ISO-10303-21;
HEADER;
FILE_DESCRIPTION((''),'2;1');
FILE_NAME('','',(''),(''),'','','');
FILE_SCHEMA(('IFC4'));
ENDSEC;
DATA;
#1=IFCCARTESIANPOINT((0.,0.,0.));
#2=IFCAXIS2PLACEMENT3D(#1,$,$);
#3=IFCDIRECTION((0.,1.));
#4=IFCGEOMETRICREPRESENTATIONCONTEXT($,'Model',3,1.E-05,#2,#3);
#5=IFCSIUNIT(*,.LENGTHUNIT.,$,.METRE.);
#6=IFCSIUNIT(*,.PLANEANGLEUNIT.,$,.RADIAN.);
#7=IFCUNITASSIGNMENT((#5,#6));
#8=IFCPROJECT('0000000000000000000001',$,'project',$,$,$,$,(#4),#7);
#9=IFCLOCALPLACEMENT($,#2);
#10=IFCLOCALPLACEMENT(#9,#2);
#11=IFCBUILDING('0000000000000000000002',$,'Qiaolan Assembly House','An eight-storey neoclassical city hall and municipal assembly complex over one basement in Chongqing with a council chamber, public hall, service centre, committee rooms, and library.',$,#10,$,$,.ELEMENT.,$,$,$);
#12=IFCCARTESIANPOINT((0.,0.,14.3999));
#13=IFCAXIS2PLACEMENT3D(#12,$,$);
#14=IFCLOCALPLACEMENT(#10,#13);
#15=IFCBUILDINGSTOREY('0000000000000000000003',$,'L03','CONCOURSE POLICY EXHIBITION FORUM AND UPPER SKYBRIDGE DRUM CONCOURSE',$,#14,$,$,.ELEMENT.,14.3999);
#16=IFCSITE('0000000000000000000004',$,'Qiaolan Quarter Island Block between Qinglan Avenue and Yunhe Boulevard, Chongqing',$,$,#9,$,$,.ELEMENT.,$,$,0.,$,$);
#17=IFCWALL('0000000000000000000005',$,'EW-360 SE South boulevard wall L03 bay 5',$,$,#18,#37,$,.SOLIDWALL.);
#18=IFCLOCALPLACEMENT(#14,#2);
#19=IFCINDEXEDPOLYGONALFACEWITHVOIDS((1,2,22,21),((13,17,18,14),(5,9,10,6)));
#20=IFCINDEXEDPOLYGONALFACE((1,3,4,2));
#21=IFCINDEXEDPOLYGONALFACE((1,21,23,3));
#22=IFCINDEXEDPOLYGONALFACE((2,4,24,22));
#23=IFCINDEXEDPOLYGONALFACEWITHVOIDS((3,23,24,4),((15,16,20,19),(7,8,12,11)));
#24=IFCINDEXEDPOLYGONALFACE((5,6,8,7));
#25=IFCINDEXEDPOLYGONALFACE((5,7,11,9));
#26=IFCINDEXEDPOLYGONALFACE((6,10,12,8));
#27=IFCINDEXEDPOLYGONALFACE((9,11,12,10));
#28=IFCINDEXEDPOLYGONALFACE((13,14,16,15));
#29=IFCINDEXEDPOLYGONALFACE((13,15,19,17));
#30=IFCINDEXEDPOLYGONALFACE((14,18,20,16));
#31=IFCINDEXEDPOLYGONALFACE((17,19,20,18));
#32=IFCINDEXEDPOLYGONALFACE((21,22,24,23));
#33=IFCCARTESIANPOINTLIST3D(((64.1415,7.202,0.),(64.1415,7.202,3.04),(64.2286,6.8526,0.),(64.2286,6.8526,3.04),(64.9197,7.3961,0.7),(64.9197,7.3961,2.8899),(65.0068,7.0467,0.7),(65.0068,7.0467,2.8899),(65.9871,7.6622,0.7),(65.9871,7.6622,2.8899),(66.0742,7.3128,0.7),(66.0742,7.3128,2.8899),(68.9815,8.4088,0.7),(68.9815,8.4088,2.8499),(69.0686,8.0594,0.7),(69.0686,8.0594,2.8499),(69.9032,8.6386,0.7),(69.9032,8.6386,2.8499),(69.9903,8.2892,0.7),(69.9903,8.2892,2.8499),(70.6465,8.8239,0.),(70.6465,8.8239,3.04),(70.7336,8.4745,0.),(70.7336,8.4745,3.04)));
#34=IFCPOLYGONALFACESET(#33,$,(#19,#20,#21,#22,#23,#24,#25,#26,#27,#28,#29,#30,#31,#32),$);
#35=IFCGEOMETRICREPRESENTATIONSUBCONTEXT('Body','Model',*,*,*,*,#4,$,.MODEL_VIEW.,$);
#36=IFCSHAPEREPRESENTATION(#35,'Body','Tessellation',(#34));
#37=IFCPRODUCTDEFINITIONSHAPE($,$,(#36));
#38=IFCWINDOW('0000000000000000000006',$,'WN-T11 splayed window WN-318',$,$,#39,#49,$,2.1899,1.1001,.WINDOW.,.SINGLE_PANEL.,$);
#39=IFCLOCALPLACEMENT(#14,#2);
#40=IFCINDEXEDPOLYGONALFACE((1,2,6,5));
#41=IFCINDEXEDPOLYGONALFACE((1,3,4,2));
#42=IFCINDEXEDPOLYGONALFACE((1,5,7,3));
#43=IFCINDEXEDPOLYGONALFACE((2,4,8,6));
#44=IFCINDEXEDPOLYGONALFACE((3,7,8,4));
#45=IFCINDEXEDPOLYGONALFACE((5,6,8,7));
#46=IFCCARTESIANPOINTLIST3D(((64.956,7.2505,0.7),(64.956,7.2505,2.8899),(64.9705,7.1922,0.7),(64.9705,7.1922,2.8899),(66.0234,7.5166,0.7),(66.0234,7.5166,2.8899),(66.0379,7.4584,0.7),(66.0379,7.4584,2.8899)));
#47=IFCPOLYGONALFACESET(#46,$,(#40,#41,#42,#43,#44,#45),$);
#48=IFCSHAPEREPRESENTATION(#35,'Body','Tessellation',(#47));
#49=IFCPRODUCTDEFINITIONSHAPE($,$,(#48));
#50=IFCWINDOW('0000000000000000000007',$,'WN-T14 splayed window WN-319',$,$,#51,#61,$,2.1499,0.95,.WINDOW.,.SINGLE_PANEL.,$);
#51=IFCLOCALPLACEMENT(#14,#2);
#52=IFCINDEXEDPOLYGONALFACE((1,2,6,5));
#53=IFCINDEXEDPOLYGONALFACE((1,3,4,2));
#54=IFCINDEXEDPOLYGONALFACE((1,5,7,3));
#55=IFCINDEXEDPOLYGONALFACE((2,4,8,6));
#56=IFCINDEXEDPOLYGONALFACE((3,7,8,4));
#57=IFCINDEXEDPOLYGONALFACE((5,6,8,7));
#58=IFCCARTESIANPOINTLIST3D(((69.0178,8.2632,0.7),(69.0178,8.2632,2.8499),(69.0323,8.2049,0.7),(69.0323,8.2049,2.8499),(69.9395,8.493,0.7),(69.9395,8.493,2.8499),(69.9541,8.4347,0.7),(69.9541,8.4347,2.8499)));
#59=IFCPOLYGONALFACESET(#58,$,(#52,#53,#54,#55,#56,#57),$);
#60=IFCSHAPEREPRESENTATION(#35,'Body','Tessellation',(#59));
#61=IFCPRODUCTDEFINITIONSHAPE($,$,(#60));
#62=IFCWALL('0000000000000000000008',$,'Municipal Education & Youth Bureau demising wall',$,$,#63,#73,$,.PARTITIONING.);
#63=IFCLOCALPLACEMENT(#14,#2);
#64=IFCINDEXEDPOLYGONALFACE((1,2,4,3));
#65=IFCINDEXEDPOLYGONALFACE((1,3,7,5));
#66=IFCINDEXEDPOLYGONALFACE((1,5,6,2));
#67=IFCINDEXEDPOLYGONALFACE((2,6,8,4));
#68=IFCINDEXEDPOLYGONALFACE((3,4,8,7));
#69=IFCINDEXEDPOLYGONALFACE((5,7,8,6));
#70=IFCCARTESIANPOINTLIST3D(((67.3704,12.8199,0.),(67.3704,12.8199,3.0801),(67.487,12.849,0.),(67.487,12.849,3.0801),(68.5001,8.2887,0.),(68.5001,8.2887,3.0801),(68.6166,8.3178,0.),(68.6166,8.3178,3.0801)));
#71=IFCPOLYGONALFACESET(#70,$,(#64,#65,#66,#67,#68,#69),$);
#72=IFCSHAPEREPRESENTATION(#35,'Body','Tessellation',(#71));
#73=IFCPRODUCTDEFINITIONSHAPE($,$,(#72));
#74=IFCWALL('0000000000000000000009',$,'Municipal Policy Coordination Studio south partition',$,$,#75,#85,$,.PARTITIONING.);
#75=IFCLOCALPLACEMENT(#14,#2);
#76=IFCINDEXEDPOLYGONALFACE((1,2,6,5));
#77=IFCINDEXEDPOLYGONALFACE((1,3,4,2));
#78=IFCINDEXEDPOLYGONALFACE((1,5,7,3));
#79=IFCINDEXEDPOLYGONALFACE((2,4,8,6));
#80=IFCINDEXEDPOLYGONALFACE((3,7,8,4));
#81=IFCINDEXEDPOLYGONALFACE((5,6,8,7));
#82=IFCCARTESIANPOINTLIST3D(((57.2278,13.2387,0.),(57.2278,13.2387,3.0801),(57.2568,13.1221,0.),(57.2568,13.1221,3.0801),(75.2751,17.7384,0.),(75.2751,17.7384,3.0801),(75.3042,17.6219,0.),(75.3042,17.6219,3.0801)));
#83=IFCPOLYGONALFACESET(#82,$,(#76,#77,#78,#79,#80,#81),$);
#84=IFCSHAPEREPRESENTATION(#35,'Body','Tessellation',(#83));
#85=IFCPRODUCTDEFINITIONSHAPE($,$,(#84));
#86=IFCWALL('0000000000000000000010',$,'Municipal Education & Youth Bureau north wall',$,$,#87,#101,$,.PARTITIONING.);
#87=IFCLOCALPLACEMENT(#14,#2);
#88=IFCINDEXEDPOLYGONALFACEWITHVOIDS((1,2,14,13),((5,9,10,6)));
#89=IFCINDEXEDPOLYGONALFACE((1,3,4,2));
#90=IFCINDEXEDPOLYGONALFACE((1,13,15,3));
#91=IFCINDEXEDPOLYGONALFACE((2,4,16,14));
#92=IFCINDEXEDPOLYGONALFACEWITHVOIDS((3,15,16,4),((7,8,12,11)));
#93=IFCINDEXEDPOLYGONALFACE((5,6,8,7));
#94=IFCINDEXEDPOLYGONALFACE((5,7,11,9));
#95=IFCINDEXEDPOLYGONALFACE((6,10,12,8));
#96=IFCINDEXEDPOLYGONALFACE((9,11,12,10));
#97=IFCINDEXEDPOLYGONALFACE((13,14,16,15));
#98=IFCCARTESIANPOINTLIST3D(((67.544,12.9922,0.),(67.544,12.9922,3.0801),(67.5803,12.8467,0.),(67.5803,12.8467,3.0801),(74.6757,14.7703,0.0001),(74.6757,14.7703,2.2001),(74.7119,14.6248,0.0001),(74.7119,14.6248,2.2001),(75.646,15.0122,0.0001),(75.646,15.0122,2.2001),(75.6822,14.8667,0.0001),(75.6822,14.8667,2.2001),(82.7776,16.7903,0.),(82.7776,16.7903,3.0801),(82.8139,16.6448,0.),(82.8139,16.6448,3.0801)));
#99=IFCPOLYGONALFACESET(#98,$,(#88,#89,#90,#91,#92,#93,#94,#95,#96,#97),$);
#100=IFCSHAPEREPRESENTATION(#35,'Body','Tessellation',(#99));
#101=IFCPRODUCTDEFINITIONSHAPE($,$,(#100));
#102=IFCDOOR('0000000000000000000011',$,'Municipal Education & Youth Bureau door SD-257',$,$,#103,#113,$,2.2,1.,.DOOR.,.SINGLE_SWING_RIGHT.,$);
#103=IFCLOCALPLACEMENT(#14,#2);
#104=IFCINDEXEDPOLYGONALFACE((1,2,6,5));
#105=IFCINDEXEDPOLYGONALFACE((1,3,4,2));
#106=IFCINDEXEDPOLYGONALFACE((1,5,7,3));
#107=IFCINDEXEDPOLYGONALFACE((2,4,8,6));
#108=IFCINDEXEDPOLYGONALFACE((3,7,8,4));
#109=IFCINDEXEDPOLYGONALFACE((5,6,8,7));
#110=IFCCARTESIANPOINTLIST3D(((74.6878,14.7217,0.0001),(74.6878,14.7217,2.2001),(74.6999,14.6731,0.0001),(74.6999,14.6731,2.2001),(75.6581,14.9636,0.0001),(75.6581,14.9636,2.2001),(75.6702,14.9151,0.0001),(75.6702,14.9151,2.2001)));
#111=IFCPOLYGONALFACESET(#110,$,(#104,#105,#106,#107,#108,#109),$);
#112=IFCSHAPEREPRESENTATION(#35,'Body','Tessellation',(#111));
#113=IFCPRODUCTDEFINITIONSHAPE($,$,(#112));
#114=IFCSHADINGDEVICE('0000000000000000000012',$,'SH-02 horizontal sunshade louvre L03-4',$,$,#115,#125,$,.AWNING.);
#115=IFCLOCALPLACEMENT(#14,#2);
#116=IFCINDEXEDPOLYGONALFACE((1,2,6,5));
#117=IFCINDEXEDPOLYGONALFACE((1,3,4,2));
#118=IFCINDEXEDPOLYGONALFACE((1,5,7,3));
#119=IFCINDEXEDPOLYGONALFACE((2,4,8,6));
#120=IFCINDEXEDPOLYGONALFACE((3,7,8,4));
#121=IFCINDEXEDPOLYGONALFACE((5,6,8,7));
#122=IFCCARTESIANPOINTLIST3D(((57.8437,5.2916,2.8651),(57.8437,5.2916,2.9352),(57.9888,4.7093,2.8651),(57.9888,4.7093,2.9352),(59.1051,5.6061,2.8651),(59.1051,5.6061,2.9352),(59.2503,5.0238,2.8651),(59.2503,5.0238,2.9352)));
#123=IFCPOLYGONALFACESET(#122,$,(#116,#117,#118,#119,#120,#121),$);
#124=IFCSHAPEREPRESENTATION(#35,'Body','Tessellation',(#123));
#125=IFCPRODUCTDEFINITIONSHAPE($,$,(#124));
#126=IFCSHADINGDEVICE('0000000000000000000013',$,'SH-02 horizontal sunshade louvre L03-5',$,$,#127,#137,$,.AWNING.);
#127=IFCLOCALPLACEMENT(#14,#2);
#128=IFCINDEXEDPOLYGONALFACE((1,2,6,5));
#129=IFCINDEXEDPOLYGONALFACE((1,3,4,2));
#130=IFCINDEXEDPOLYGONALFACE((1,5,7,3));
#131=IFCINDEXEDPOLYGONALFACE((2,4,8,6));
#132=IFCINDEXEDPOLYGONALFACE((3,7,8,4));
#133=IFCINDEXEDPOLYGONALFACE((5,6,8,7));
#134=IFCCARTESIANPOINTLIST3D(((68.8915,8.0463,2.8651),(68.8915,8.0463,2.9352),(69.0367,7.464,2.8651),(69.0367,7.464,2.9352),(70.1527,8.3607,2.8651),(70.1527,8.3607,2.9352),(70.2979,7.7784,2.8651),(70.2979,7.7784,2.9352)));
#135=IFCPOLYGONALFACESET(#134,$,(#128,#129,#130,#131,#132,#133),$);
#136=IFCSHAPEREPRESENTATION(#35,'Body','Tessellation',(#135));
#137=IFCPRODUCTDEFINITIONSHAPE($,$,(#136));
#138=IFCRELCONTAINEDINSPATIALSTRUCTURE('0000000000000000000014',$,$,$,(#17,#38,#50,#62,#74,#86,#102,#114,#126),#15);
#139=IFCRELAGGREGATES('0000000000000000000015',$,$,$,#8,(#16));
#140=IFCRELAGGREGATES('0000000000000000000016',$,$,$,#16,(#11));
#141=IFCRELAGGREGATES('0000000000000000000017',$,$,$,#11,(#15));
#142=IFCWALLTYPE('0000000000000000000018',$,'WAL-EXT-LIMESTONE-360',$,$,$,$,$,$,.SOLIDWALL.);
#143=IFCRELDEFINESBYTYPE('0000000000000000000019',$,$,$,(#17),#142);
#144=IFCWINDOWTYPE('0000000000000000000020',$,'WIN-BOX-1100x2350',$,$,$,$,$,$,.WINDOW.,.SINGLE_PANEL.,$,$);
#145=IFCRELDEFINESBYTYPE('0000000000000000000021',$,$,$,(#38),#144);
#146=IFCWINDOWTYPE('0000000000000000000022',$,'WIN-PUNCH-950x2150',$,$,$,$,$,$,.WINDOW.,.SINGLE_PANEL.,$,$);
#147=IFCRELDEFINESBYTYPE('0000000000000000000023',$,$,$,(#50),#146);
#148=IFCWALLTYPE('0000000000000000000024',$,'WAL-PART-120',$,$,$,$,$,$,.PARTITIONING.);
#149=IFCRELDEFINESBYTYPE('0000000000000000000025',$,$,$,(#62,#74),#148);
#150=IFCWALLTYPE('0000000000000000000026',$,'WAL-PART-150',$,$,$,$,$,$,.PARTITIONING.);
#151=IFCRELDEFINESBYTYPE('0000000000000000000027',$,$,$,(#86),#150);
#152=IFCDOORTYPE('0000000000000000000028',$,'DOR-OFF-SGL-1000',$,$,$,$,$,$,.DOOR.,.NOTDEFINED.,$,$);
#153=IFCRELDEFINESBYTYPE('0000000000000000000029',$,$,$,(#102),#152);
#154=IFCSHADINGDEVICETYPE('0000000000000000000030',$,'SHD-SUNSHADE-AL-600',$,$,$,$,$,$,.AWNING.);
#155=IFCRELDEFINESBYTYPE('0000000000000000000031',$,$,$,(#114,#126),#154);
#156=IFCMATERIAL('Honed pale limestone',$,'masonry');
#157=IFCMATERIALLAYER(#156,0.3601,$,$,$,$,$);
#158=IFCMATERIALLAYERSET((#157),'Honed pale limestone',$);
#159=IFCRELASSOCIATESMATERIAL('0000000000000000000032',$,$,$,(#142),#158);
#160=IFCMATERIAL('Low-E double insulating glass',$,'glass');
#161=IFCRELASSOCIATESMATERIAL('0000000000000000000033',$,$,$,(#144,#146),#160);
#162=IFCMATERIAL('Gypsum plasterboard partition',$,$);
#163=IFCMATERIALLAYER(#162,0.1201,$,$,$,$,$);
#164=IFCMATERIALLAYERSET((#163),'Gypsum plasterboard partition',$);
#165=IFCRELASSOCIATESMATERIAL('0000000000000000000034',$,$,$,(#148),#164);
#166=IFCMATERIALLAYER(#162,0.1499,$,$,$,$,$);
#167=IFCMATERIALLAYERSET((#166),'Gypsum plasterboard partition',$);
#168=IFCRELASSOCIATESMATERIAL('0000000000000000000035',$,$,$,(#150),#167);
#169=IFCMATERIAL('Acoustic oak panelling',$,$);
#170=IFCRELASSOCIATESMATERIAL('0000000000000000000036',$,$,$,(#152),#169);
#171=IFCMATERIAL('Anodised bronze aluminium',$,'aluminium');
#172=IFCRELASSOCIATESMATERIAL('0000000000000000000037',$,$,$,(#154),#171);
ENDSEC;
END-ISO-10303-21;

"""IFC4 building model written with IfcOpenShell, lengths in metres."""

from ifc_helpers import new_model, si_unit, direction, frame, frame_2d, origin, origin_2d, place, context, subcontext, project, spatial, rectangle, extrude, material, layer, layer_set, material_profile, profile_set, type_object, element, fill, save


model = new_model("IFC4")

# Units and contexts
model_context = context("Model", 3, precision=1e-05, world=origin(), true_north=direction((0.0, 1.0)))
body_context = subcontext(model_context, "Body", "Model", "MODEL_VIEW")
ifc_project = project(units=[si_unit("LENGTHUNIT", "METRE"), si_unit("PLANEANGLEUNIT", "RADIAN")], contexts=[model_context])

# Site, building, storey
site_placement = place(None, origin())
site = spatial("IfcSite", under=ifc_project, at=site_placement, Name="Qiaolan Quarter Island Block between Qinglan Avenue and Yunhe Boulevard, Chongqing", CompositionType="ELEMENT", RefElevation=0.0)
building_placement = place(site_placement, origin())
building = spatial("IfcBuilding", under=site, at=building_placement, Name="Qiaolan Assembly House", Description="An eight-storey neoclassical city hall and municipal assembly complex over one basement in Chongqing with a council chamber, public hall, service centre, committee rooms, and library.", CompositionType="ELEMENT")
storey_placement = place(building_placement, frame((0.0, 0.0, 14.3999)))
storey = spatial("IfcBuildingStorey", under=building, at=storey_placement, Name="L03", Description="CONCOURSE POLICY EXHIBITION FORUM AND UPPER SKYBRIDGE DRUM CONCOURSE", CompositionType="ELEMENT", Elevation=14.3999)

# Shared definitions
ifc_material_1 = material(Name="Honed pale limestone", Category="masonry")

# Wall, openings, windows
ifc_layer_1 = layer(ifc_material_1, 0.3601)
ifc_layer_set_1 = layer_set([ifc_layer_1], Name="Honed pale limestone")
wall_type_1 = type_object("IfcWallType", Name="WAL-EXT-LIMESTONE-360", PredefinedType="SOLIDWALL", material=ifc_layer_set_1)
wall_1_placement = place(storey_placement, frame((64.1851, 7.0273, 0.0), z_axis=(0.0, 0.0, 1.0), x_axis=(0.970297, 0.241919, 0.0)))
wall_1 = element("IfcWall", 1, at=wall_1_placement, inside=storey, type_object=wall_type_1, Name="EW-360 SE South boulevard wall L03 bay 5", PredefinedType="SOLIDWALL", context=body_context, shape_type="SweptSolid", body=[
    extrude(rectangle(XDim=6.7041, YDim=0.3601, at=frame_2d((3.3521, 0.0))), origin(), (0.0, 0.0, 1.0), 3.04),
])
opening_1_placement = place(wall_1_placement, frame((0.802, 0.0, 0.7)))
opening_1 = element("IfcOpeningElement", 2, at=opening_1_placement, cuts=wall_1, PredefinedType="OPENING", context=body_context, shape_type="SweptSolid", body=[
    extrude(rectangle(XDim=1.1001, YDim=2.1899, at=frame_2d((0.55, 1.095))), frame((0.0, 0.1899, 0.0), z_axis=(0.0, -1.0, 0.0), x_axis=(1.0, 0.0, 0.0)), (0.0, 0.0, 1.0), 0.3801),
])
opening_2_placement = place(wall_1_placement, frame((4.988, 0.0, 0.7)))
opening_2 = element("IfcOpeningElement", 3, at=opening_2_placement, cuts=wall_1, PredefinedType="OPENING", context=body_context, shape_type="SweptSolid", body=[
    extrude(rectangle(XDim=0.95, YDim=2.1499, at=frame_2d((0.4751, 1.075))), frame((0.0, 0.1899, 0.0), z_axis=(0.0, -1.0, 0.0), x_axis=(1.0, 0.0, 0.0)), (0.0, 0.0, 1.0), 0.3801),
])
ifc_material_2 = material(Name="Low-E double insulating glass", Category="glass")
window_type_1 = type_object("IfcWindowType", Name="WIN-BOX-1100x2350", PartitioningType="SINGLE_PANEL", PredefinedType="WINDOW", material=ifc_material_2)
window_1_placement = place(opening_1_placement, origin())
window_1 = element("IfcWindow", 4, at=window_1_placement, inside=storey, type_object=window_type_1, Name="WN-T11 splayed window WN-318", OverallHeight=2.1899, OverallWidth=1.1001, PartitioningType="SINGLE_PANEL", PredefinedType="WINDOW", context=body_context, shape_type="SweptSolid", body=[
    extrude(rectangle(XDim=1.1001, YDim=2.1899, at=frame_2d((0.55, 1.095))), frame((0.0, 0.03, 0.0), z_axis=(0.0, -1.0, 0.0), x_axis=(1.0, 0.0, 0.0)), (0.0, 0.0, 1.0), 0.0601),
])
fill(opening_1, window_1)
window_type_2 = type_object("IfcWindowType", Name="WIN-PUNCH-950x2150", PartitioningType="SINGLE_PANEL", PredefinedType="WINDOW", material=ifc_material_2)
window_2_placement = place(opening_2_placement, origin())
window_2 = element("IfcWindow", 5, at=window_2_placement, inside=storey, type_object=window_type_2, Name="WN-T14 splayed window WN-319", OverallHeight=2.1499, OverallWidth=0.95, PartitioningType="SINGLE_PANEL", PredefinedType="WINDOW", context=body_context, shape_type="SweptSolid", body=[
    extrude(rectangle(XDim=0.95, YDim=2.1499, at=frame_2d((0.4751, 1.075))), frame((0.0, 0.03, 0.0), z_axis=(0.0, -1.0, 0.0), x_axis=(1.0, 0.0, 0.0)), (0.0, 0.0, 1.0), 0.0601),
])
fill(opening_2, window_2)

# Walls
ifc_material_3 = material(Name="Gypsum plasterboard partition")
ifc_layer_2 = layer(ifc_material_3, 0.1201)
ifc_layer_set_2 = layer_set([ifc_layer_2], Name="Gypsum plasterboard partition")
wall_type_2 = type_object("IfcWallType", Name="WAL-PART-120", PredefinedType="PARTITIONING", material=ifc_layer_set_2)
wall_2_placement = place(storey_placement, frame((68.5583, 8.3032, 0.0), z_axis=(0.0, 0.0, 1.0), x_axis=(-0.241896, 0.970302, 0.0)))
element("IfcWall", 6, at=wall_2_placement, inside=storey, type_object=wall_type_2, Name="Municipal Education & Youth Bureau demising wall", PredefinedType="PARTITIONING", context=body_context, shape_type="SweptSolid", body=[
    extrude(rectangle(XDim=4.6699, YDim=0.1201, at=frame_2d((2.335, 0.0))), origin(), (0.0, 0.0, 1.0), 3.0801),
])
wall_3_placement = place(storey_placement, frame((57.2424, 13.1804, 0.0), z_axis=(0.0, 0.0, 1.0), x_axis=(0.970295, 0.241924, 0.0)))
element("IfcWall", 7, at=wall_3_placement, inside=storey, type_object=wall_type_2, Name="Municipal Policy Coordination Studio south partition", PredefinedType="PARTITIONING", context=body_context, shape_type="SweptSolid", body=[
    extrude(rectangle(XDim=18.5999, YDim=0.1201, at=frame_2d((9.2998, 0.0))), origin(), (0.0, 0.0, 1.0), 3.0801),
])

# Wall, opening, door
ifc_layer_3 = layer(ifc_material_3, 0.1499)
ifc_layer_set_3 = layer_set([ifc_layer_3], Name="Gypsum plasterboard partition")
wall_type_3 = type_object("IfcWallType", Name="WAL-PART-150", PredefinedType="PARTITIONING", material=ifc_layer_set_3)
wall_4_placement = place(storey_placement, frame((67.562, 12.9194, 0.0), z_axis=(0.0, 0.0, 1.0), x_axis=(0.970297, 0.241917, 0.0)))
wall_4 = element("IfcWall", 8, at=wall_4_placement, inside=storey, type_object=wall_type_3, Name="Municipal Education & Youth Bureau north wall", PredefinedType="PARTITIONING", context=body_context, shape_type="SweptSolid", body=[
    extrude(rectangle(XDim=15.7, YDim=0.1499, at=frame_2d((7.8501, 0.0))), origin(), (0.0, 0.0, 1.0), 3.0801),
])
opening_3_placement = place(wall_4_placement, frame((7.3501, 0.0, 0.0)))
opening_3 = element("IfcOpeningElement", 9, at=opening_3_placement, cuts=wall_4, PredefinedType="OPENING", context=body_context, shape_type="SweptSolid", body=[
    extrude(rectangle(XDim=1.0, YDim=2.2, at=frame_2d((0.5, 1.1001))), frame((0.0, 0.085, 0.0), z_axis=(0.0, -1.0, 0.0), x_axis=(1.0, 0.0, 0.0)), (0.0, 0.0, 1.0), 0.1699),
])
ifc_material_4 = material(Name="Acoustic oak panelling")
door_type = type_object("IfcDoorType", Name="DOR-OFF-SGL-1000", OperationType="NOTDEFINED", PredefinedType="DOOR", material=ifc_material_4)
door_placement = place(opening_3_placement, origin())
door = element("IfcDoor", 10, at=door_placement, inside=storey, type_object=door_type, Name="Municipal Education & Youth Bureau door SD-257", OperationType="SINGLE_SWING_RIGHT", OverallHeight=2.2, OverallWidth=1.0, PredefinedType="DOOR", context=body_context, shape_type="SweptSolid", body=[
    extrude(rectangle(XDim=1.0, YDim=2.2, at=frame_2d((0.5, 1.1001))), frame((0.0, 0.0249, 0.0), z_axis=(0.0, -1.0, 0.0), x_axis=(1.0, 0.0, 0.0)), (0.0, 0.0, 1.0), 0.05),
])
fill(opening_3, door)

# Shading devices
ifc_material_5 = material(Name="Anodised bronze aluminium", Category="aluminium")
ifc_material_profile_1 = material_profile(ifc_material_5, rectangle(XDim=0.6001, YDim=0.0701, at=origin_2d()), Name="SHD 600x70")
ifc_profile_set_1 = profile_set([ifc_material_profile_1], Name="Anodised bronze aluminium")
shading_device_type = type_object("IfcShadingDeviceType", Name="SHD-SUNSHADE-AL-600", PredefinedType="AWNING", material=ifc_profile_set_1)
shading_device_1_placement = place(storey_placement, frame((57.9163, 5.0005, 2.9001), z_axis=(0.970308, 0.241873, 0.0), x_axis=(-0.241873, 0.970308, 0.0)))
element("IfcShadingDevice", 11, at=shading_device_1_placement, inside=storey, type_object=shading_device_type, Name="SH-02 horizontal sunshade louvre L03-4", PredefinedType="AWNING", context=body_context, shape_type="SweptSolid", body=[
    extrude(rectangle(XDim=0.6001, YDim=0.0701, at=origin_2d()), origin(), (0.0, 0.0, 1.0), 1.3),
])
shading_device_2_placement = place(storey_placement, frame((68.9641, 7.7551, 2.9001), z_axis=(0.970297, 0.241917, 0.0), x_axis=(-0.241917, 0.970297, 0.0)))
element("IfcShadingDevice", 12, at=shading_device_2_placement, inside=storey, type_object=shading_device_type, Name="SH-02 horizontal sunshade louvre L03-5", PredefinedType="AWNING", context=body_context, shape_type="SweptSolid", body=[
    extrude(rectangle(XDim=0.6001, YDim=0.0701, at=origin_2d()), origin(), (0.0, 0.0, 1.0), 1.2998),
])

save(model, "model.ifc")
